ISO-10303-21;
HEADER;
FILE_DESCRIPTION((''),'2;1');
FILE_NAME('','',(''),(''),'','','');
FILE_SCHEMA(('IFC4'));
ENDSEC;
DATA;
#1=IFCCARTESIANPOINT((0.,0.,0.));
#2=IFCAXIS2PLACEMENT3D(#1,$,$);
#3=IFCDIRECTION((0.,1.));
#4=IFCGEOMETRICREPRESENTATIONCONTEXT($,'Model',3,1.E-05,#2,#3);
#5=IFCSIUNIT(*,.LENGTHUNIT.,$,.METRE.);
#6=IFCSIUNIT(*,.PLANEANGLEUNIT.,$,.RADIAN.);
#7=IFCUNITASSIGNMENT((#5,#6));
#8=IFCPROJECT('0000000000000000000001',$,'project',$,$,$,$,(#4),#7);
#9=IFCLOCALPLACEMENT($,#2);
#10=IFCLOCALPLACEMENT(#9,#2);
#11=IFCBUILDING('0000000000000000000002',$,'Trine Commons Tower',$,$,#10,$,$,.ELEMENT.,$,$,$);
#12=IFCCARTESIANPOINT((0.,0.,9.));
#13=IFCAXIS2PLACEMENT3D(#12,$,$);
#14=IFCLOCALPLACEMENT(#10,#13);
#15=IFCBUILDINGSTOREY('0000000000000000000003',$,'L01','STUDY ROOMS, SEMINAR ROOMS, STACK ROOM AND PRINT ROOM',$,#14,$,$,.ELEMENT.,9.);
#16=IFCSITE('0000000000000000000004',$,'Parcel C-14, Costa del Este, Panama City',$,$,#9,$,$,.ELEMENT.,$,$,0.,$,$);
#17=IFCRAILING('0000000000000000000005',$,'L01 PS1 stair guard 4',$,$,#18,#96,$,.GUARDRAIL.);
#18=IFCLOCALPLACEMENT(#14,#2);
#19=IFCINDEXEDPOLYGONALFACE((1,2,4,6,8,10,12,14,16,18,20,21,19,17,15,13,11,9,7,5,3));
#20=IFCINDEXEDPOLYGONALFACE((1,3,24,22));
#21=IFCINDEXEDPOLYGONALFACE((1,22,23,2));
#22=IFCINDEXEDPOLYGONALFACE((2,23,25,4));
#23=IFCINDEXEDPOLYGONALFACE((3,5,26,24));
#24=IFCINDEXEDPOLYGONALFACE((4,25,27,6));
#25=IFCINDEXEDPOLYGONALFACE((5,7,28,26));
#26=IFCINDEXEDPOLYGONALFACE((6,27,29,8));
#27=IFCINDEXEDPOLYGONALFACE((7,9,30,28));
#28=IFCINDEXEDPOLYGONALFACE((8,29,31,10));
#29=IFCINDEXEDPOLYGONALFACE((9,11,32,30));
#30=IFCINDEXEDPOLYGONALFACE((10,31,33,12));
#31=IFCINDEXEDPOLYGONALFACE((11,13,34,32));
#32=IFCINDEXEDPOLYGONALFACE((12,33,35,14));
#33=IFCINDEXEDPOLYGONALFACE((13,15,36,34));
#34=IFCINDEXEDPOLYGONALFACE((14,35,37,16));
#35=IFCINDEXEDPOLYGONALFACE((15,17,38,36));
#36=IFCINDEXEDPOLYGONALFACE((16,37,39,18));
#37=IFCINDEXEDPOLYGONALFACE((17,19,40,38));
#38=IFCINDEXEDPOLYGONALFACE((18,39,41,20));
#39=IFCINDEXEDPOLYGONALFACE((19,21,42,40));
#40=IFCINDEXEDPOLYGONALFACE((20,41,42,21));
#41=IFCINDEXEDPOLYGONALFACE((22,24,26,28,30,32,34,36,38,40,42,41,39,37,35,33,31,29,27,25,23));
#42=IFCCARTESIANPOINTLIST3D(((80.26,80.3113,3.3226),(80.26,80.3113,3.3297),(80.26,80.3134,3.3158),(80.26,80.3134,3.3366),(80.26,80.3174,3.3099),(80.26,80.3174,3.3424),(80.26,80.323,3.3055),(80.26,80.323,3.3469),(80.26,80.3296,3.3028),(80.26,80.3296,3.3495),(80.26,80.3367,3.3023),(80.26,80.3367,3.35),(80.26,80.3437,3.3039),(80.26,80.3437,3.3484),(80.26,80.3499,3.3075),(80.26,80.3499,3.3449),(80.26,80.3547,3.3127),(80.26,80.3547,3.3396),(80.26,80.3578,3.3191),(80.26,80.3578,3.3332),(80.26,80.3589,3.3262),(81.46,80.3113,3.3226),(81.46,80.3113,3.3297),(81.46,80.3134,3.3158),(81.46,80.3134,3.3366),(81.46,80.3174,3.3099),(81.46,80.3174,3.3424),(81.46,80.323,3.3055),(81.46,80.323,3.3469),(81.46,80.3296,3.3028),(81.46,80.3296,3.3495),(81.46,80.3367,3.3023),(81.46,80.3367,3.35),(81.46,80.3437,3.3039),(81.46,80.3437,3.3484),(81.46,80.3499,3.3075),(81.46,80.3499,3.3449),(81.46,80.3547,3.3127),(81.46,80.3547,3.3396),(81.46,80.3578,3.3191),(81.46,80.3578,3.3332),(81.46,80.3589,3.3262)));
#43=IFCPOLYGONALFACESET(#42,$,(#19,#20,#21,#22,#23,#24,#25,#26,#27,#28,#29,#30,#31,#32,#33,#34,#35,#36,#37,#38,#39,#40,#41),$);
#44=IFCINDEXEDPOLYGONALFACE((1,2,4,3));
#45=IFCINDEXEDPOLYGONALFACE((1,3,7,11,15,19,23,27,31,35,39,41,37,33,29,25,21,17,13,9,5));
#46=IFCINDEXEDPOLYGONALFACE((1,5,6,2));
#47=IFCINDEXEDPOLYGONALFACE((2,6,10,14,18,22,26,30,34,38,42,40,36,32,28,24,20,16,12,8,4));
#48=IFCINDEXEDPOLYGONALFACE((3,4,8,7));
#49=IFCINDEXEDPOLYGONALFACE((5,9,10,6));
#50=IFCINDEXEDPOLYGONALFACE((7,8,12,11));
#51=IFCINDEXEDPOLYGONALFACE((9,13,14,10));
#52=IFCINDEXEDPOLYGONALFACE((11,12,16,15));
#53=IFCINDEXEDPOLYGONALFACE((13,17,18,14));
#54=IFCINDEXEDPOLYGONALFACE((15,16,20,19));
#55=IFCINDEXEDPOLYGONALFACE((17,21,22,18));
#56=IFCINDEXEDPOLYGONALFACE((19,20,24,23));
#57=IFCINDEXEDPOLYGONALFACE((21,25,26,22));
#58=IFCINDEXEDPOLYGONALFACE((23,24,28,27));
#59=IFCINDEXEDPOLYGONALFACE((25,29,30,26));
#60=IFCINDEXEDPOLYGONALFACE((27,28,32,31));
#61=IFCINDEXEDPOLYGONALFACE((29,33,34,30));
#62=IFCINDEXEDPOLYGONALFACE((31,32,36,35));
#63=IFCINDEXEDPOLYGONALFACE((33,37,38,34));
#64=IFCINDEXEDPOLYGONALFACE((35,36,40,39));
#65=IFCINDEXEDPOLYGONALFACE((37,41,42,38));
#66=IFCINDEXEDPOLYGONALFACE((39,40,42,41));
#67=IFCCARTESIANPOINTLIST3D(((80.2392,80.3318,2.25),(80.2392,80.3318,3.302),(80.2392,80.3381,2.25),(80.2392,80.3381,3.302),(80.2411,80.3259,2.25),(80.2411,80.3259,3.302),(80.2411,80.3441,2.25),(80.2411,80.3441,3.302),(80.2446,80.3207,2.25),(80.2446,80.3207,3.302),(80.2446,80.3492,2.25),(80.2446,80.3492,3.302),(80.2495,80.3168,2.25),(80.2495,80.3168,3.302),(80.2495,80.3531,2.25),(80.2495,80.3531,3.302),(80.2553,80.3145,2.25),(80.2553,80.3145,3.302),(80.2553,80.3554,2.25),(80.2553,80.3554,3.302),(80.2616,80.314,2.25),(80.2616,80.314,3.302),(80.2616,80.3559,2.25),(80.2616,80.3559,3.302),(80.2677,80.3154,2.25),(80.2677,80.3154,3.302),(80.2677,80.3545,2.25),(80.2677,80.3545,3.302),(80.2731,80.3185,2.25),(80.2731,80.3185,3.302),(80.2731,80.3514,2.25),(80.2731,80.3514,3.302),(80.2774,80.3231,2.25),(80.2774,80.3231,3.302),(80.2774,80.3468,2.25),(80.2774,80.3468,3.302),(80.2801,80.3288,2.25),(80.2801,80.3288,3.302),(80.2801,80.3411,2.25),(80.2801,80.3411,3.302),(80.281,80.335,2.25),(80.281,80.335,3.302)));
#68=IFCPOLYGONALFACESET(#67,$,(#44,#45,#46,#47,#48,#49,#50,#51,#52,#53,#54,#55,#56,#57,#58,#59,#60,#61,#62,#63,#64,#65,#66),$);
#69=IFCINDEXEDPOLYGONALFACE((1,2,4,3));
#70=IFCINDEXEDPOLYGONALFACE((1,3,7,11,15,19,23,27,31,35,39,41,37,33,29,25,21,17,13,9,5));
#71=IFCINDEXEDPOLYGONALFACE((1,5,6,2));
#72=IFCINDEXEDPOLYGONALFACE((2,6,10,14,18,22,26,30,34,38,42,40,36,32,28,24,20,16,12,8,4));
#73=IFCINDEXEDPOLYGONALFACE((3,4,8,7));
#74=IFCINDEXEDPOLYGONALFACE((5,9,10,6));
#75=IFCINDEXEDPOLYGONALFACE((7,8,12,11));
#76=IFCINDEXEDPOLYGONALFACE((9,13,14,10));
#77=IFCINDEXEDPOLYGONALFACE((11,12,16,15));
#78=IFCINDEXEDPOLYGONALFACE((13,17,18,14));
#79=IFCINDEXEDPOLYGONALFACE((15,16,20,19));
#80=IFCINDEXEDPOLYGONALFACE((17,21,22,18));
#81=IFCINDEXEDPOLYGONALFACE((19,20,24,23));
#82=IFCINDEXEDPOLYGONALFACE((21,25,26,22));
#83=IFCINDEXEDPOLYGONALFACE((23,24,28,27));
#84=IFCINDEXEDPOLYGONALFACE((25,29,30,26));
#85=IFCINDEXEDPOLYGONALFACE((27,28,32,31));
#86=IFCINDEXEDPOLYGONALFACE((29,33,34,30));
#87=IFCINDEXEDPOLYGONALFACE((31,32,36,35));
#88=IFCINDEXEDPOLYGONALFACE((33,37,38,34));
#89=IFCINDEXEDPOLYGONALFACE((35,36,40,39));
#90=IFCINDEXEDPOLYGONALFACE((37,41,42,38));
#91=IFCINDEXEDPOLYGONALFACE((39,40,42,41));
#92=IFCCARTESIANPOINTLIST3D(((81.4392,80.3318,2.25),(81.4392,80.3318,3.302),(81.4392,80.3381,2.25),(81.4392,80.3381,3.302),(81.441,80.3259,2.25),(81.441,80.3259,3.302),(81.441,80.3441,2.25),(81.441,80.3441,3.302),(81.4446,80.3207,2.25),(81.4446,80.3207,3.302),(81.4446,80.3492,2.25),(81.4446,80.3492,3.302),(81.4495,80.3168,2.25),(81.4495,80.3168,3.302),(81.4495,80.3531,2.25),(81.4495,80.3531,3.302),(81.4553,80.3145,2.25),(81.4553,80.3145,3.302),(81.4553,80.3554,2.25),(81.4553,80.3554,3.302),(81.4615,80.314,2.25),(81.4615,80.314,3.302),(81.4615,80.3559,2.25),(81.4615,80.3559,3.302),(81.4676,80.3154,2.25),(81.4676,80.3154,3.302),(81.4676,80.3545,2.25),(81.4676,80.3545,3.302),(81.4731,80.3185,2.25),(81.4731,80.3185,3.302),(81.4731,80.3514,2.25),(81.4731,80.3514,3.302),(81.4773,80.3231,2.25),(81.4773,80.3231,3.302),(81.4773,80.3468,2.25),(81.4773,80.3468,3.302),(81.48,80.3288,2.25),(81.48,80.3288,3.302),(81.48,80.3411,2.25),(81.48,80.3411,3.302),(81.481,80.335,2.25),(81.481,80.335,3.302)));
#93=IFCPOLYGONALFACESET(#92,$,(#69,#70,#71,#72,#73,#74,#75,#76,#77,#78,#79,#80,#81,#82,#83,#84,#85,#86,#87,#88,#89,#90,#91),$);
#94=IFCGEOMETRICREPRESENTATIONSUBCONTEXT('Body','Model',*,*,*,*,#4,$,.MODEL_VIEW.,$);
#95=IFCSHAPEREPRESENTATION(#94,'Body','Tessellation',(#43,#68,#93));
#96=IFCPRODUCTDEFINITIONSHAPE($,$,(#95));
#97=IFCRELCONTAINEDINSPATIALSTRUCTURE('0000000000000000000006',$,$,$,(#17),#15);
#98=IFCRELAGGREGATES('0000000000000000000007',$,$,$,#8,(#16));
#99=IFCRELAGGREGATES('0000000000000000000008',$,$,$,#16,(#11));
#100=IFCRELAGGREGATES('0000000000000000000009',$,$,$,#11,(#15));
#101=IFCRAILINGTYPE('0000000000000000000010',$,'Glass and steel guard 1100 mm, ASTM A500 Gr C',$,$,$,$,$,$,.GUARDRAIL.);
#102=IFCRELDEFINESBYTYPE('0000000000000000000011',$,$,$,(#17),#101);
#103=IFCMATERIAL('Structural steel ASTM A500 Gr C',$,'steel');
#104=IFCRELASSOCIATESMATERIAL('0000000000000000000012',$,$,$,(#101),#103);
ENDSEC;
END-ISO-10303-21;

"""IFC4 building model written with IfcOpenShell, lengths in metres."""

from ifc_helpers import new_model, si_unit, direction, frame, origin, origin_2d, place, context, subcontext, project, spatial, circle, extrude, material, type_object, element, save


model = new_model("IFC4")

# Units and contexts
model_context = context("Model", 3, precision=1e-05, world=origin(), true_north=direction((0.0, 1.0)))
body_context = subcontext(model_context, "Body", "Model", "MODEL_VIEW")
ifc_project = project(units=[si_unit("LENGTHUNIT", "METRE"), si_unit("PLANEANGLEUNIT", "RADIAN")], contexts=[model_context])

# Site, building, storey
site_placement = place(None, origin())
site = spatial("IfcSite", under=ifc_project, at=site_placement, Name="Parcel C-14, Costa del Este, Panama City", CompositionType="ELEMENT", RefElevation=0.0)
building_placement = place(site_placement, origin())
building = spatial("IfcBuilding", under=site, at=building_placement, Name="Trine Commons Tower", CompositionType="ELEMENT")
storey_placement = place(building_placement, frame((0.0, 0.0, 9.0)))
storey = spatial("IfcBuildingStorey", under=building, at=storey_placement, Name="L01", Description="STUDY ROOMS, SEMINAR ROOMS, STACK ROOM AND PRINT ROOM", CompositionType="ELEMENT", Elevation=9.0)

# Railing
ifc_material_1 = material(Name="Structural steel ASTM A500 Gr C", Category="steel")
railing_type_1 = type_object("IfcRailingType", Name="Glass and steel guard 1100 mm, ASTM A500 Gr C", PredefinedType="GUARDRAIL", material=ifc_material_1)
for number, where, name in (
    (1, (80.26, 80.335, 2.25), "L01 PS1 stair guard 4"),
):
    element("IfcRailing", number, at=place(storey_placement, frame(where)), inside=storey, type_object=railing_type_1, Name=name, PredefinedType="GUARDRAIL", context=body_context, shape_type="SweptSolid", body=[
        extrude(circle(Radius=0.0239, at=origin_2d()), frame((0.0, 0.0, 1.0762), z_axis=(1.0, 0.0, 0.0), x_axis=(0.0, 1.0, 0.0)), (0.0, 0.0, 1.0), 1.2),
        extrude(circle(Radius=0.021, at=origin_2d()), origin(), (0.0, 0.0, 1.0), 1.052),
        extrude(circle(Radius=0.021, at=origin_2d()), frame((1.2, 0.0, 0.0)), (0.0, 0.0, 1.0), 1.052),
    ])

save(model, "model.ifc")
